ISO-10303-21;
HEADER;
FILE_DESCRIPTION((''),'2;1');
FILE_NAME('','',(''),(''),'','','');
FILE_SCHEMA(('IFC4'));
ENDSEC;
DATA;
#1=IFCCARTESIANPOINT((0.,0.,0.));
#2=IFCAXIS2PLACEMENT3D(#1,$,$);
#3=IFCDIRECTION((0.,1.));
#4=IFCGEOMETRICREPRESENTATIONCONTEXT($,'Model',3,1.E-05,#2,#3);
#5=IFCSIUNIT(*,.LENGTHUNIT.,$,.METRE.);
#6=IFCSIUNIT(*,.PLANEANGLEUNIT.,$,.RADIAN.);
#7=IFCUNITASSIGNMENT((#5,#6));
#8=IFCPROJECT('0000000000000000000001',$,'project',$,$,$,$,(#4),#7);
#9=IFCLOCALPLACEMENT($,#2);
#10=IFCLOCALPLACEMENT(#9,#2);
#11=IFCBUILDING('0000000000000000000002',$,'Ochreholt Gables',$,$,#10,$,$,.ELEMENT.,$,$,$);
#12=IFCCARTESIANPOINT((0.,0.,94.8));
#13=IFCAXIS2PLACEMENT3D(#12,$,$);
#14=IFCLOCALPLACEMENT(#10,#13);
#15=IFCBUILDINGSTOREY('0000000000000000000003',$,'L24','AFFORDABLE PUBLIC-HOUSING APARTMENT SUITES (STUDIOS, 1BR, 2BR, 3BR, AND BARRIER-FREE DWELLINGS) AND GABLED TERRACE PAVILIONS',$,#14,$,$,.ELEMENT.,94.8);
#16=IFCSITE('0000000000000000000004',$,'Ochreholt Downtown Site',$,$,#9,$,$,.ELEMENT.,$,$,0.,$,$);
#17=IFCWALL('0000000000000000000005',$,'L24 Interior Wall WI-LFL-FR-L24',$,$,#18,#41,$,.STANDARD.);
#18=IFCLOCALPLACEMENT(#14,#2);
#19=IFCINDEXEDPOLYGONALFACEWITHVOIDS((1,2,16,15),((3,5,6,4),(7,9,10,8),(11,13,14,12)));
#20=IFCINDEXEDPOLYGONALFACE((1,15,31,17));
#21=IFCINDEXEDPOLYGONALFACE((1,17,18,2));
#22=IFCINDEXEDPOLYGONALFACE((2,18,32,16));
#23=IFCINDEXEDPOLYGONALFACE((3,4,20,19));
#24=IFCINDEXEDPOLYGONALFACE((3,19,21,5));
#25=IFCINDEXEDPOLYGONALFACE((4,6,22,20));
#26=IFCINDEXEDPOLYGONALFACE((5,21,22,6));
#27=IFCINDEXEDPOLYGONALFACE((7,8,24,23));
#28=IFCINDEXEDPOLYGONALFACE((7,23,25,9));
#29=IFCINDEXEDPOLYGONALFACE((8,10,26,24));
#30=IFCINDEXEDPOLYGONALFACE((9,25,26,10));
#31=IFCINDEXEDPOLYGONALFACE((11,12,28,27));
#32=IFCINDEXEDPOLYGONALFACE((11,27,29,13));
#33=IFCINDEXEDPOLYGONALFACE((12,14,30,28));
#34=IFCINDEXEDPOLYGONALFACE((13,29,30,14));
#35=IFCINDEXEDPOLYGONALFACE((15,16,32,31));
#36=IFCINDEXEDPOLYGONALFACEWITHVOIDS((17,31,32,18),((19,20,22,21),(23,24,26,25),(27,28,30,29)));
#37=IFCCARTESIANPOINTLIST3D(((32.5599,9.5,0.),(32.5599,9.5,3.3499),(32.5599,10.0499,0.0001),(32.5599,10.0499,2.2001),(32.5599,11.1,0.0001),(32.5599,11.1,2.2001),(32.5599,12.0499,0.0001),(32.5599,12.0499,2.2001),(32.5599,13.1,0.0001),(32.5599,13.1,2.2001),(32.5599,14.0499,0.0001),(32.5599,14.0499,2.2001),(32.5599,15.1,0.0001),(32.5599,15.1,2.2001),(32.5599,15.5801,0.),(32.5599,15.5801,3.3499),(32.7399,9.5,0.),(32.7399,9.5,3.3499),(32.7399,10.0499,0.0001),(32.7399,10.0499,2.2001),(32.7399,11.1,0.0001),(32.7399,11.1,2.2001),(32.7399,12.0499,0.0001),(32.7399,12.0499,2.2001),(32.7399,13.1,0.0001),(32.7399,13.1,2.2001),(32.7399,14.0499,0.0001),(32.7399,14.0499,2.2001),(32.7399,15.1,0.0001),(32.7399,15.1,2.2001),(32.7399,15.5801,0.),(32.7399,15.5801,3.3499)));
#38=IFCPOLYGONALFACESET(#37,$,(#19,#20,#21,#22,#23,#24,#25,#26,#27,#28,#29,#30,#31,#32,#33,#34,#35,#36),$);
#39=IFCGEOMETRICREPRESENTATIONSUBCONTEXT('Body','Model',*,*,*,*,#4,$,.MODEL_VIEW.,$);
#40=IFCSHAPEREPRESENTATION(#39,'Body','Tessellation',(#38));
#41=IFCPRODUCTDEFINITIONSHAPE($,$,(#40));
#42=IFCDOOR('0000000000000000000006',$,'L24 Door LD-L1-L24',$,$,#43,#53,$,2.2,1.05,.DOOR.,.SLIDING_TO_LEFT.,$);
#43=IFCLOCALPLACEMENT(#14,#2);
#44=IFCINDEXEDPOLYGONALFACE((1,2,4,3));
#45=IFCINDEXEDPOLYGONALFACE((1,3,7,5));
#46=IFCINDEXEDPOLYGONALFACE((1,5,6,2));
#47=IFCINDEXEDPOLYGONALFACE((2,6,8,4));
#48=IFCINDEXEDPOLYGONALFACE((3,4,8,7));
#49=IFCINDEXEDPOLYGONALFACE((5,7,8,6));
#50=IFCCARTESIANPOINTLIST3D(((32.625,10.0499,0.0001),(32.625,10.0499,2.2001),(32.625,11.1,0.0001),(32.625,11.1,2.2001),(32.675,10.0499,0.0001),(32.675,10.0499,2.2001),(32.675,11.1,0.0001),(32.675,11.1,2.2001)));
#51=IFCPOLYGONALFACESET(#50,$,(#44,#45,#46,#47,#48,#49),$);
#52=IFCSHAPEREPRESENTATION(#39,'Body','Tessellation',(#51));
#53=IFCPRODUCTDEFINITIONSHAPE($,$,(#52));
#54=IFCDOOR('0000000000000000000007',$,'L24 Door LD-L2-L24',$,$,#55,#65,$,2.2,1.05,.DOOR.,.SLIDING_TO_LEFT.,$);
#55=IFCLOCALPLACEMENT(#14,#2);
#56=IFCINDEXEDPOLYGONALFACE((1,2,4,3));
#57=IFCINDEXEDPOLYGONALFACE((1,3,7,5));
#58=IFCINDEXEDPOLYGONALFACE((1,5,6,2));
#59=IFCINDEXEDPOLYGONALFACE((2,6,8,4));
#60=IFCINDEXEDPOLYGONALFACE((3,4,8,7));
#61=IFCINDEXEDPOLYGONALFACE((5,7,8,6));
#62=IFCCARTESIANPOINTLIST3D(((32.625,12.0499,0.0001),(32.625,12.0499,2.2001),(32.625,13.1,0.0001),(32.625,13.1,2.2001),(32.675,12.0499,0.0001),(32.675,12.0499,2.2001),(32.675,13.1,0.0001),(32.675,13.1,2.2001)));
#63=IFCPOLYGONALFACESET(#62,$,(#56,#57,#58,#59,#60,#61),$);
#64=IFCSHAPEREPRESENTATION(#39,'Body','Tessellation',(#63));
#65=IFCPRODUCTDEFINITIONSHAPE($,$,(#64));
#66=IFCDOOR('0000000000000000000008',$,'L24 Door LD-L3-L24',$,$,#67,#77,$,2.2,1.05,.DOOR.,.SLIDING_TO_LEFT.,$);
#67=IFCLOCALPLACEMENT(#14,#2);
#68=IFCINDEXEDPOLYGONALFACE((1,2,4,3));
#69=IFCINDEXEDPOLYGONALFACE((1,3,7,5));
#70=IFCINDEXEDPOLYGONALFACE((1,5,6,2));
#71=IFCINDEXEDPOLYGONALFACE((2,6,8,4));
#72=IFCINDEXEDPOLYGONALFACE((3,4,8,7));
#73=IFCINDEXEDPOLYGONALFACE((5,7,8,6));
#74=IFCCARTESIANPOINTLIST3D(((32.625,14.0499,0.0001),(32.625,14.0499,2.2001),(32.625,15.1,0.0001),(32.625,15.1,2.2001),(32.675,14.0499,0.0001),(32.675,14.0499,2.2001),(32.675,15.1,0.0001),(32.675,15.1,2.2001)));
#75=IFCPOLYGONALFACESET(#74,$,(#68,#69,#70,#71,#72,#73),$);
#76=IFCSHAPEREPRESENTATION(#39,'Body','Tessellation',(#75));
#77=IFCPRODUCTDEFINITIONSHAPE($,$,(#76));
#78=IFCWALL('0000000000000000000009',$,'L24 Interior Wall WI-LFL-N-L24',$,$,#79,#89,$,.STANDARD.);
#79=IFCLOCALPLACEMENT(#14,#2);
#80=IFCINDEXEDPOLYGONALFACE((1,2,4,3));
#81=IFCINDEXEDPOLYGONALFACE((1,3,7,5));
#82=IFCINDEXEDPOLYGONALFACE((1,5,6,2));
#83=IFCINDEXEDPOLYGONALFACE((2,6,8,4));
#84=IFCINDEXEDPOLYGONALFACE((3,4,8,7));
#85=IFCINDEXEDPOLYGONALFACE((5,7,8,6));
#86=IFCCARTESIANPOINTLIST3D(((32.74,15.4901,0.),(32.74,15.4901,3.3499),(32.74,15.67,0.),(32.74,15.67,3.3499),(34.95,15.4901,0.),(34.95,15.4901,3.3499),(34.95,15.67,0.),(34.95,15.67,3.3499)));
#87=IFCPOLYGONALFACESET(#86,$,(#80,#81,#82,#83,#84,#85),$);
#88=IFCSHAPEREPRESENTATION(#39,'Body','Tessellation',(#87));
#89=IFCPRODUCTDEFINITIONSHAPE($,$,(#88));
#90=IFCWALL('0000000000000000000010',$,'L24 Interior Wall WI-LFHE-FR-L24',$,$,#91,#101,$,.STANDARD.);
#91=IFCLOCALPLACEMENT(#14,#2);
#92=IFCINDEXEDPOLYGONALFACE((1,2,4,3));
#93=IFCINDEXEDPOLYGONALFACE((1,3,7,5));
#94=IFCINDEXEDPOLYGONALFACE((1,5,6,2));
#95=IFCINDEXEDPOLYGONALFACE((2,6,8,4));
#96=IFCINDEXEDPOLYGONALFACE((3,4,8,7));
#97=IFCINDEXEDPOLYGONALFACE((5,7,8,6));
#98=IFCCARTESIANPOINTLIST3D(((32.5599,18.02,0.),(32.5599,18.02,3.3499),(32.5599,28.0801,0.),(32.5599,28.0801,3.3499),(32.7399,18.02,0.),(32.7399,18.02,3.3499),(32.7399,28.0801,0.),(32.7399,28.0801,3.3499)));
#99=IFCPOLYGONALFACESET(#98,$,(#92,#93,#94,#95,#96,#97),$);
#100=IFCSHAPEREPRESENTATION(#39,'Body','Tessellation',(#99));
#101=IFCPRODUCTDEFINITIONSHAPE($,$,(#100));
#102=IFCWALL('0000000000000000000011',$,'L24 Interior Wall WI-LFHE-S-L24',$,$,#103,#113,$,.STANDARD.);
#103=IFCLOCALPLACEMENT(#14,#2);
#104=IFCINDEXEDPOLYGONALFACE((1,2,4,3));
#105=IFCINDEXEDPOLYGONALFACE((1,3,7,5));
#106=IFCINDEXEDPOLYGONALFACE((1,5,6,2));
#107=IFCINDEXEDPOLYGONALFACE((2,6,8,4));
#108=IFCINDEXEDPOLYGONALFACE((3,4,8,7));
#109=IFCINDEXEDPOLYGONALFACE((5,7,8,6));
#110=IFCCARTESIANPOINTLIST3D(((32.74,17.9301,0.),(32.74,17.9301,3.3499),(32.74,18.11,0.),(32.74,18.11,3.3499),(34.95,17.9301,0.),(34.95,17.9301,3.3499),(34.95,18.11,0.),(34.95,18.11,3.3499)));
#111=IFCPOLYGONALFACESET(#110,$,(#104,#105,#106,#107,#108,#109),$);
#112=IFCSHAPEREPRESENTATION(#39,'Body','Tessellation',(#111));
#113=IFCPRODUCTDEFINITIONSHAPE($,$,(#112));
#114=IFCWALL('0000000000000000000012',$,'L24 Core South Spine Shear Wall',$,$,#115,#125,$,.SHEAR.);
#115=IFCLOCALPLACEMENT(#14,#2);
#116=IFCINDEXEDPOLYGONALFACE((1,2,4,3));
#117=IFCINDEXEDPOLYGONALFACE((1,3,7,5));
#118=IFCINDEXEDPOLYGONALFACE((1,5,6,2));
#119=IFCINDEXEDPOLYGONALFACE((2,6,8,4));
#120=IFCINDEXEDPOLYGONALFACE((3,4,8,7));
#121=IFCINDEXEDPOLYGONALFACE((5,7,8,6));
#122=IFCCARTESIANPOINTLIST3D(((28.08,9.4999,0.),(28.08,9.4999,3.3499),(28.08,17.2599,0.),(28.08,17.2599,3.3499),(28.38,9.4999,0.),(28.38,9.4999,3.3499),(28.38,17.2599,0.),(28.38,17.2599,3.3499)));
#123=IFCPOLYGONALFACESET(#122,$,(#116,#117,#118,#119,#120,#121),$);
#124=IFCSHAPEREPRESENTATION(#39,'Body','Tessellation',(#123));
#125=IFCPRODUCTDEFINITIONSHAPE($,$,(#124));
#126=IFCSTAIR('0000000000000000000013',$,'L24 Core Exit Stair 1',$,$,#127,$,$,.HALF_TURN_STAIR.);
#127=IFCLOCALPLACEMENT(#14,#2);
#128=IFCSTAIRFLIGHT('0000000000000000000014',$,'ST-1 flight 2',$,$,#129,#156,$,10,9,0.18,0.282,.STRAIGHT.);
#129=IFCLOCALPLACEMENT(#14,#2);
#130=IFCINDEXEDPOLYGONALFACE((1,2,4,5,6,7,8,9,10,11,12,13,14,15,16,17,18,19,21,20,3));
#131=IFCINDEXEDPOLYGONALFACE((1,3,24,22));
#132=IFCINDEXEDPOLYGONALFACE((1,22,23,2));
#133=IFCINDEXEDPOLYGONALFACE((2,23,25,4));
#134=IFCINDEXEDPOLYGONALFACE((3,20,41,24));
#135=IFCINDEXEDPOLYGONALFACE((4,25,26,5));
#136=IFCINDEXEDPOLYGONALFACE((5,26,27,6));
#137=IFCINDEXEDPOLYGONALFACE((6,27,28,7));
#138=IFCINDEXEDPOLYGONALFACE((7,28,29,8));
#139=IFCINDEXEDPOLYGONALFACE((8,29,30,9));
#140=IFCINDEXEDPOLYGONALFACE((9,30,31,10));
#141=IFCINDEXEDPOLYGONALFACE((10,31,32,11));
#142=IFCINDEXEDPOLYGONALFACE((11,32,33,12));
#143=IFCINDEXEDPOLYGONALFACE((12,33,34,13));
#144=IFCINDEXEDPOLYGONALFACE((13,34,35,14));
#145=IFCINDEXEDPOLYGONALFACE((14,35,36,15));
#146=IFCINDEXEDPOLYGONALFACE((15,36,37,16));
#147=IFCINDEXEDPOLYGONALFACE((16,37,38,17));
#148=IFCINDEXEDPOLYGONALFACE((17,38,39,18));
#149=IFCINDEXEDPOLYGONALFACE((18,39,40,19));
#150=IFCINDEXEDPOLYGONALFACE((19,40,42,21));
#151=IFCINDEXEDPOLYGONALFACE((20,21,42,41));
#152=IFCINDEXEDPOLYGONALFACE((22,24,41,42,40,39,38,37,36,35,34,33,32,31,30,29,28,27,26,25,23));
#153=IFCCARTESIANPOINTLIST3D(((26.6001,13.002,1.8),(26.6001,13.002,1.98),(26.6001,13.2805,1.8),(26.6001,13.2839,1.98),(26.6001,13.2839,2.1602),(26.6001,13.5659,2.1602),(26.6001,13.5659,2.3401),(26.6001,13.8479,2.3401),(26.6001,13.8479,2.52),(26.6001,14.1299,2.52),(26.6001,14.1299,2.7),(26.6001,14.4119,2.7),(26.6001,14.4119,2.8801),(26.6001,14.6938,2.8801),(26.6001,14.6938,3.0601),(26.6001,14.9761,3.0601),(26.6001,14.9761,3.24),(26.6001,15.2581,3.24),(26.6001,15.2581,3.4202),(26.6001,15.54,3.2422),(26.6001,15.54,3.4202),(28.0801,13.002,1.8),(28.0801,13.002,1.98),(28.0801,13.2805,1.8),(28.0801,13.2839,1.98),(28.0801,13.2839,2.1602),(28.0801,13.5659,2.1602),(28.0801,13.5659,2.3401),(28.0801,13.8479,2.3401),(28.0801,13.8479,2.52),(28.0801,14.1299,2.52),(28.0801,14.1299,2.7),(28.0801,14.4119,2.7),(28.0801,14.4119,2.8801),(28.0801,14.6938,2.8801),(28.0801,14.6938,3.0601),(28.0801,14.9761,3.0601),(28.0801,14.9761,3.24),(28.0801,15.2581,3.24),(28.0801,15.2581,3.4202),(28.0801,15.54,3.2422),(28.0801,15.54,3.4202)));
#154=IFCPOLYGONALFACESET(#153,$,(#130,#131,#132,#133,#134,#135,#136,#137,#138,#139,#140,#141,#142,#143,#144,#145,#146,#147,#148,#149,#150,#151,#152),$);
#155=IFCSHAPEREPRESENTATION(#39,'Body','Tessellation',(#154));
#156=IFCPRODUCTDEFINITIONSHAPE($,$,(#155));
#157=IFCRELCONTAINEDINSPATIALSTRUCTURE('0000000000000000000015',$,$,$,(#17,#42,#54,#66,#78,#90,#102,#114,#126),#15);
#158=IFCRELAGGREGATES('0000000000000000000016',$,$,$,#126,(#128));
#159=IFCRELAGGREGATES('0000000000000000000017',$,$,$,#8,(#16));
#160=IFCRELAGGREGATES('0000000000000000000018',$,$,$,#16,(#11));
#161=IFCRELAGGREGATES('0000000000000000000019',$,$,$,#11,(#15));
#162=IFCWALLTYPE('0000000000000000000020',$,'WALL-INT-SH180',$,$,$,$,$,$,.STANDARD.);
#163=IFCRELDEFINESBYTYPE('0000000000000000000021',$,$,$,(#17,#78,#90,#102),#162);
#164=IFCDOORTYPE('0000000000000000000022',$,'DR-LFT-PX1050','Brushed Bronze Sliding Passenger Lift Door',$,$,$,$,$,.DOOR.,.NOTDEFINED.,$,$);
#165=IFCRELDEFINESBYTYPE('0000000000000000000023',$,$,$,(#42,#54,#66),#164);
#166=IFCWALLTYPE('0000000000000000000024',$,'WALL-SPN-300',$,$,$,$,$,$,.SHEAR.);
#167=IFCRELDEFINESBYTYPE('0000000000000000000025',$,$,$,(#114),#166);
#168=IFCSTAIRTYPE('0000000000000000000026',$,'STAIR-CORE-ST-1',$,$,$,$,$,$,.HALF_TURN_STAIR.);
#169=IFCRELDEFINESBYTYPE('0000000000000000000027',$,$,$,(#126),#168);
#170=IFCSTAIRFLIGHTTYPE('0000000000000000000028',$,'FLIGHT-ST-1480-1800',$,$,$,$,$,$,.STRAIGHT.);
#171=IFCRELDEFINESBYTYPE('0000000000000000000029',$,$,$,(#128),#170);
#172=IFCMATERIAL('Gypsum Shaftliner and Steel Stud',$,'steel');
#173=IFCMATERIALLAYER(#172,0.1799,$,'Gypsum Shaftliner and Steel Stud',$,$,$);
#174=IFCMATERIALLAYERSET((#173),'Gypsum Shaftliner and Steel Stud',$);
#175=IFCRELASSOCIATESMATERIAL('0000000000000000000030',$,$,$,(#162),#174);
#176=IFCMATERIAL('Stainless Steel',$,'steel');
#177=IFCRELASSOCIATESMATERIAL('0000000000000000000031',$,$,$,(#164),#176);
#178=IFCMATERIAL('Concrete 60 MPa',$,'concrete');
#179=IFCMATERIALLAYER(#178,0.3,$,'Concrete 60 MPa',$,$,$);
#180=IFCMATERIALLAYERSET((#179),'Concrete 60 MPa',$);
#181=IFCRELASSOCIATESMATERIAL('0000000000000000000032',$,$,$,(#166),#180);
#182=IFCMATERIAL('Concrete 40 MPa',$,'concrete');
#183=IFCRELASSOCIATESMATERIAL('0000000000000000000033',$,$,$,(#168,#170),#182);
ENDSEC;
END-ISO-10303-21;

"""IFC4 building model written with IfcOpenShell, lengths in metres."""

from ifc_helpers import new_model, si_unit, direction, frame, frame_2d, origin, place, context, subcontext, project, spatial, polyline, rectangle, outline, extrude, material, layer, layer_set, type_object, element, fill, aggregate, save


model = new_model("IFC4")

# Units and contexts
model_context = context("Model", 3, precision=1e-05, world=origin(), true_north=direction((0.0, 1.0)))
body_context = subcontext(model_context, "Body", "Model", "MODEL_VIEW")
ifc_project = project(units=[si_unit("LENGTHUNIT", "METRE"), si_unit("PLANEANGLEUNIT", "RADIAN")], contexts=[model_context])

# Site, building, storey
site_placement = place(None, origin())
site = spatial("IfcSite", under=ifc_project, at=site_placement, Name="Ochreholt Downtown Site", CompositionType="ELEMENT", RefElevation=0.0)
building_placement = place(site_placement, origin())
building = spatial("IfcBuilding", under=site, at=building_placement, Name="Ochreholt Gables", CompositionType="ELEMENT")
storey_placement = place(building_placement, frame((0.0, 0.0, 94.8)))
storey = spatial("IfcBuildingStorey", under=building, at=storey_placement, Name="L24", Description="AFFORDABLE PUBLIC-HOUSING APARTMENT SUITES (STUDIOS, 1BR, 2BR, 3BR, AND BARRIER-FREE DWELLINGS) AND GABLED TERRACE PAVILIONS", CompositionType="ELEMENT", Elevation=94.8)

# Shared definitions
ifc_material_1 = material(Name="Concrete 60 MPa", Category="concrete")

# Shared definitions
ifc_material_2 = material(Name="Concrete 40 MPa", Category="concrete")

# Shared definitions
ifc_material_3 = material(Name="Gypsum Shaftliner and Steel Stud", Category="steel")
ifc_layer_1 = layer(ifc_material_3, 0.1799, Name="Gypsum Shaftliner and Steel Stud")
ifc_layer_set_1 = layer_set([ifc_layer_1], Name="Gypsum Shaftliner and Steel Stud")
wall_type_1 = type_object("IfcWallType", Name="WALL-INT-SH180", PredefinedType="STANDARD", material=ifc_layer_set_1)

# Wall, openings, doors
wall_1_placement = place(storey_placement, frame((32.6499, 9.5, 0.0), z_axis=(0.0, 0.0, 1.0), x_axis=(0.0, 1.0, 0.0)))
wall_1 = element("IfcWall", 1, at=wall_1_placement, inside=storey, type_object=wall_type_1, Name="L24 Interior Wall WI-LFL-FR-L24", PredefinedType="STANDARD", context=body_context, shape_type="SweptSolid", body=[
    extrude(rectangle(XDim=6.0801, YDim=0.1799, at=frame_2d((3.04, 0.0))), origin(), (0.0, 0.0, 1.0), 3.3499),
])
opening_1_placement = place(wall_1_placement, frame((0.55, 0.0, 0.0)))
opening_1 = element("IfcOpeningElement", 2, at=opening_1_placement, cuts=wall_1, PredefinedType="OPENING", context=body_context, shape_type="SweptSolid", body=[
    extrude(rectangle(XDim=1.05, YDim=2.2, at=frame_2d((0.5249, 1.1001))), frame((0.0, 0.0999, 0.0), z_axis=(0.0, -1.0, 0.0), x_axis=(1.0, 0.0, 0.0)), (0.0, 0.0, 1.0), 0.2),
])
opening_2_placement = place(wall_1_placement, frame((2.55, 0.0, 0.0)))
opening_2 = element("IfcOpeningElement", 3, at=opening_2_placement, cuts=wall_1, PredefinedType="OPENING", context=body_context, shape_type="SweptSolid", body=[
    extrude(rectangle(XDim=1.05, YDim=2.2, at=frame_2d((0.5249, 1.1001))), frame((0.0, 0.0999, 0.0), z_axis=(0.0, -1.0, 0.0), x_axis=(1.0, 0.0, 0.0)), (0.0, 0.0, 1.0), 0.2),
])
opening_3_placement = place(wall_1_placement, frame((4.55, 0.0, 0.0)))
opening_3 = element("IfcOpeningElement", 4, at=opening_3_placement, cuts=wall_1, PredefinedType="OPENING", context=body_context, shape_type="SweptSolid", body=[
    extrude(rectangle(XDim=1.05, YDim=2.2, at=frame_2d((0.5249, 1.1001))), frame((0.0, 0.0999, 0.0), z_axis=(0.0, -1.0, 0.0), x_axis=(1.0, 0.0, 0.0)), (0.0, 0.0, 1.0), 0.2),
])
ifc_material_4 = material(Name="Stainless Steel", Category="steel")
door_type_1 = type_object("IfcDoorType", Name="DR-LFT-PX1050", Description="Brushed Bronze Sliding Passenger Lift Door", OperationType="NOTDEFINED", PredefinedType="DOOR", material=ifc_material_4)
door_1_placement = place(opening_1_placement, origin())
door_1 = element("IfcDoor", 5, at=door_1_placement, inside=storey, type_object=door_type_1, Name="L24 Door LD-L1-L24", OperationType="SLIDING_TO_LEFT", OverallHeight=2.2, OverallWidth=1.05, PredefinedType="DOOR", context=body_context, shape_type="SweptSolid", body=[
    extrude(rectangle(XDim=1.05, YDim=2.2, at=frame_2d((0.5249, 1.1001))), frame((0.0, 0.0249, 0.0), z_axis=(0.0, -1.0, 0.0), x_axis=(1.0, 0.0, 0.0)), (0.0, 0.0, 1.0), 0.05),
])
fill(opening_1, door_1)
door_2_placement = place(opening_2_placement, origin())
door_2 = element("IfcDoor", 6, at=door_2_placement, inside=storey, type_object=door_type_1, Name="L24 Door LD-L2-L24", OperationType="SLIDING_TO_LEFT", OverallHeight=2.2, OverallWidth=1.05, PredefinedType="DOOR", context=body_context, shape_type="SweptSolid", body=[
    extrude(rectangle(XDim=1.05, YDim=2.2, at=frame_2d((0.5249, 1.1001))), frame((0.0, 0.0249, 0.0), z_axis=(0.0, -1.0, 0.0), x_axis=(1.0, 0.0, 0.0)), (0.0, 0.0, 1.0), 0.05),
])
fill(opening_2, door_2)
door_3_placement = place(opening_3_placement, origin())
door_3 = element("IfcDoor", 7, at=door_3_placement, inside=storey, type_object=door_type_1, Name="L24 Door LD-L3-L24", OperationType="SLIDING_TO_LEFT", OverallHeight=2.2, OverallWidth=1.05, PredefinedType="DOOR", context=body_context, shape_type="SweptSolid", body=[
    extrude(rectangle(XDim=1.05, YDim=2.2, at=frame_2d((0.5249, 1.1001))), frame((0.0, 0.0249, 0.0), z_axis=(0.0, -1.0, 0.0), x_axis=(1.0, 0.0, 0.0)), (0.0, 0.0, 1.0), 0.05),
])
fill(opening_3, door_3)

# Walls
wall_2_placement = place(storey_placement, frame((32.74, 15.5801, 0.0), z_axis=(0.0, 0.0, 1.0), x_axis=(1.0, 0.0, 0.0)))
element("IfcWall", 8, at=wall_2_placement, inside=storey, type_object=wall_type_1, Name="L24 Interior Wall WI-LFL-N-L24", PredefinedType="STANDARD", context=body_context, shape_type="SweptSolid", body=[
    extrude(rectangle(XDim=2.21, YDim=0.1799, at=frame_2d((1.105, 0.0))), origin(), (0.0, 0.0, 1.0), 3.3499),
])
wall_3_placement = place(storey_placement, frame((32.6499, 18.02, 0.0), z_axis=(0.0, 0.0, 1.0), x_axis=(0.0, 1.0, 0.0)))
element("IfcWall", 9, at=wall_3_placement, inside=storey, type_object=wall_type_1, Name="L24 Interior Wall WI-LFHE-FR-L24", PredefinedType="STANDARD", context=body_context, shape_type="SweptSolid", body=[
    extrude(rectangle(XDim=10.0601, YDim=0.1799, at=frame_2d((5.03, 0.0))), origin(), (0.0, 0.0, 1.0), 3.3499),
])
wall_4_placement = place(storey_placement, frame((32.74, 18.02, 0.0), z_axis=(0.0, 0.0, 1.0), x_axis=(1.0, 0.0, 0.0)))
element("IfcWall", 10, at=wall_4_placement, inside=storey, type_object=wall_type_1, Name="L24 Interior Wall WI-LFHE-S-L24", PredefinedType="STANDARD", context=body_context, shape_type="SweptSolid", body=[
    extrude(rectangle(XDim=2.21, YDim=0.1799, at=frame_2d((1.105, 0.0))), origin(), (0.0, 0.0, 1.0), 3.3499),
])
ifc_layer_2 = layer(ifc_material_1, 0.3, Name="Concrete 60 MPa")
ifc_layer_set_2 = layer_set([ifc_layer_2], Name="Concrete 60 MPa")
wall_type_2 = type_object("IfcWallType", Name="WALL-SPN-300", PredefinedType="SHEAR", material=ifc_layer_set_2)
wall_5_placement = place(storey_placement, frame((28.23, 9.5, 0.0), z_axis=(0.0, 0.0, 1.0), x_axis=(0.0, 1.0, 0.0)))
element("IfcWall", 11, at=wall_5_placement, inside=storey, type_object=wall_type_2, Name="L24 Core South Spine Shear Wall", PredefinedType="SHEAR", context=body_context, shape_type="SweptSolid", body=[
    extrude(rectangle(XDim=7.76, YDim=0.3, at=frame_2d((3.8799, 0.0))), origin(), (0.0, 0.0, 1.0), 3.3499),
])

# Stair, stair flight
stair_type = type_object("IfcStairType", Name="STAIR-CORE-ST-1", PredefinedType="HALF_TURN_STAIR", material=ifc_material_2)
stair_placement = place(storey_placement, origin())
stair = element("IfcStair", 12, at=stair_placement, inside=storey, type_object=stair_type, Name="L24 Core Exit Stair 1", PredefinedType="HALF_TURN_STAIR")
stair_flight_type = type_object("IfcStairFlightType", Name="FLIGHT-ST-1480-1800", PredefinedType="STRAIGHT", material=ifc_material_2)
stair_flight_placement = place(storey_placement, frame((27.3401, 13.002, 1.8), z_axis=(0.0, 0.0, 1.0), x_axis=(0.0, 1.0, 0.0)))
stair_flight = element("IfcStairFlight", 13, at=stair_flight_placement, type_object=stair_flight_type, Name="ST-1 flight 2", NumberOfRisers=10, NumberOfTreads=9, PredefinedType="STRAIGHT", RiserHeight=0.18, TreadLength=0.282, context=body_context, shape_type="SweptSolid", body=[
    extrude(outline(polyline([(0.0, 0.0), (0.0, 0.1799), (0.282, 0.1799), (0.282, 0.3601), (0.564, 0.3601), (0.564, 0.54), (0.8459, 0.54), (0.8459, 0.72), (1.1279, 0.72), (1.1279, 0.8999), (1.4099, 0.8999), (1.4099, 1.0801), (1.6919, 1.0801), (1.6919, 1.26), (1.9741, 1.26), (1.9741, 1.4399), (2.2561, 1.4399), (2.2561, 1.6201), (2.5381, 1.6201), (2.5381, 1.8), (2.5381, 1.4421), (0.2786, 0.0), (0.0, 0.0)])), frame((0.0, 0.74, 0.0), z_axis=(0.0, -1.0, 0.0), x_axis=(1.0, 0.0, 0.0)), (0.0, 0.0, 1.0), 1.48),
])
aggregate(stair, [stair_flight])

save(model, "model.ifc")
